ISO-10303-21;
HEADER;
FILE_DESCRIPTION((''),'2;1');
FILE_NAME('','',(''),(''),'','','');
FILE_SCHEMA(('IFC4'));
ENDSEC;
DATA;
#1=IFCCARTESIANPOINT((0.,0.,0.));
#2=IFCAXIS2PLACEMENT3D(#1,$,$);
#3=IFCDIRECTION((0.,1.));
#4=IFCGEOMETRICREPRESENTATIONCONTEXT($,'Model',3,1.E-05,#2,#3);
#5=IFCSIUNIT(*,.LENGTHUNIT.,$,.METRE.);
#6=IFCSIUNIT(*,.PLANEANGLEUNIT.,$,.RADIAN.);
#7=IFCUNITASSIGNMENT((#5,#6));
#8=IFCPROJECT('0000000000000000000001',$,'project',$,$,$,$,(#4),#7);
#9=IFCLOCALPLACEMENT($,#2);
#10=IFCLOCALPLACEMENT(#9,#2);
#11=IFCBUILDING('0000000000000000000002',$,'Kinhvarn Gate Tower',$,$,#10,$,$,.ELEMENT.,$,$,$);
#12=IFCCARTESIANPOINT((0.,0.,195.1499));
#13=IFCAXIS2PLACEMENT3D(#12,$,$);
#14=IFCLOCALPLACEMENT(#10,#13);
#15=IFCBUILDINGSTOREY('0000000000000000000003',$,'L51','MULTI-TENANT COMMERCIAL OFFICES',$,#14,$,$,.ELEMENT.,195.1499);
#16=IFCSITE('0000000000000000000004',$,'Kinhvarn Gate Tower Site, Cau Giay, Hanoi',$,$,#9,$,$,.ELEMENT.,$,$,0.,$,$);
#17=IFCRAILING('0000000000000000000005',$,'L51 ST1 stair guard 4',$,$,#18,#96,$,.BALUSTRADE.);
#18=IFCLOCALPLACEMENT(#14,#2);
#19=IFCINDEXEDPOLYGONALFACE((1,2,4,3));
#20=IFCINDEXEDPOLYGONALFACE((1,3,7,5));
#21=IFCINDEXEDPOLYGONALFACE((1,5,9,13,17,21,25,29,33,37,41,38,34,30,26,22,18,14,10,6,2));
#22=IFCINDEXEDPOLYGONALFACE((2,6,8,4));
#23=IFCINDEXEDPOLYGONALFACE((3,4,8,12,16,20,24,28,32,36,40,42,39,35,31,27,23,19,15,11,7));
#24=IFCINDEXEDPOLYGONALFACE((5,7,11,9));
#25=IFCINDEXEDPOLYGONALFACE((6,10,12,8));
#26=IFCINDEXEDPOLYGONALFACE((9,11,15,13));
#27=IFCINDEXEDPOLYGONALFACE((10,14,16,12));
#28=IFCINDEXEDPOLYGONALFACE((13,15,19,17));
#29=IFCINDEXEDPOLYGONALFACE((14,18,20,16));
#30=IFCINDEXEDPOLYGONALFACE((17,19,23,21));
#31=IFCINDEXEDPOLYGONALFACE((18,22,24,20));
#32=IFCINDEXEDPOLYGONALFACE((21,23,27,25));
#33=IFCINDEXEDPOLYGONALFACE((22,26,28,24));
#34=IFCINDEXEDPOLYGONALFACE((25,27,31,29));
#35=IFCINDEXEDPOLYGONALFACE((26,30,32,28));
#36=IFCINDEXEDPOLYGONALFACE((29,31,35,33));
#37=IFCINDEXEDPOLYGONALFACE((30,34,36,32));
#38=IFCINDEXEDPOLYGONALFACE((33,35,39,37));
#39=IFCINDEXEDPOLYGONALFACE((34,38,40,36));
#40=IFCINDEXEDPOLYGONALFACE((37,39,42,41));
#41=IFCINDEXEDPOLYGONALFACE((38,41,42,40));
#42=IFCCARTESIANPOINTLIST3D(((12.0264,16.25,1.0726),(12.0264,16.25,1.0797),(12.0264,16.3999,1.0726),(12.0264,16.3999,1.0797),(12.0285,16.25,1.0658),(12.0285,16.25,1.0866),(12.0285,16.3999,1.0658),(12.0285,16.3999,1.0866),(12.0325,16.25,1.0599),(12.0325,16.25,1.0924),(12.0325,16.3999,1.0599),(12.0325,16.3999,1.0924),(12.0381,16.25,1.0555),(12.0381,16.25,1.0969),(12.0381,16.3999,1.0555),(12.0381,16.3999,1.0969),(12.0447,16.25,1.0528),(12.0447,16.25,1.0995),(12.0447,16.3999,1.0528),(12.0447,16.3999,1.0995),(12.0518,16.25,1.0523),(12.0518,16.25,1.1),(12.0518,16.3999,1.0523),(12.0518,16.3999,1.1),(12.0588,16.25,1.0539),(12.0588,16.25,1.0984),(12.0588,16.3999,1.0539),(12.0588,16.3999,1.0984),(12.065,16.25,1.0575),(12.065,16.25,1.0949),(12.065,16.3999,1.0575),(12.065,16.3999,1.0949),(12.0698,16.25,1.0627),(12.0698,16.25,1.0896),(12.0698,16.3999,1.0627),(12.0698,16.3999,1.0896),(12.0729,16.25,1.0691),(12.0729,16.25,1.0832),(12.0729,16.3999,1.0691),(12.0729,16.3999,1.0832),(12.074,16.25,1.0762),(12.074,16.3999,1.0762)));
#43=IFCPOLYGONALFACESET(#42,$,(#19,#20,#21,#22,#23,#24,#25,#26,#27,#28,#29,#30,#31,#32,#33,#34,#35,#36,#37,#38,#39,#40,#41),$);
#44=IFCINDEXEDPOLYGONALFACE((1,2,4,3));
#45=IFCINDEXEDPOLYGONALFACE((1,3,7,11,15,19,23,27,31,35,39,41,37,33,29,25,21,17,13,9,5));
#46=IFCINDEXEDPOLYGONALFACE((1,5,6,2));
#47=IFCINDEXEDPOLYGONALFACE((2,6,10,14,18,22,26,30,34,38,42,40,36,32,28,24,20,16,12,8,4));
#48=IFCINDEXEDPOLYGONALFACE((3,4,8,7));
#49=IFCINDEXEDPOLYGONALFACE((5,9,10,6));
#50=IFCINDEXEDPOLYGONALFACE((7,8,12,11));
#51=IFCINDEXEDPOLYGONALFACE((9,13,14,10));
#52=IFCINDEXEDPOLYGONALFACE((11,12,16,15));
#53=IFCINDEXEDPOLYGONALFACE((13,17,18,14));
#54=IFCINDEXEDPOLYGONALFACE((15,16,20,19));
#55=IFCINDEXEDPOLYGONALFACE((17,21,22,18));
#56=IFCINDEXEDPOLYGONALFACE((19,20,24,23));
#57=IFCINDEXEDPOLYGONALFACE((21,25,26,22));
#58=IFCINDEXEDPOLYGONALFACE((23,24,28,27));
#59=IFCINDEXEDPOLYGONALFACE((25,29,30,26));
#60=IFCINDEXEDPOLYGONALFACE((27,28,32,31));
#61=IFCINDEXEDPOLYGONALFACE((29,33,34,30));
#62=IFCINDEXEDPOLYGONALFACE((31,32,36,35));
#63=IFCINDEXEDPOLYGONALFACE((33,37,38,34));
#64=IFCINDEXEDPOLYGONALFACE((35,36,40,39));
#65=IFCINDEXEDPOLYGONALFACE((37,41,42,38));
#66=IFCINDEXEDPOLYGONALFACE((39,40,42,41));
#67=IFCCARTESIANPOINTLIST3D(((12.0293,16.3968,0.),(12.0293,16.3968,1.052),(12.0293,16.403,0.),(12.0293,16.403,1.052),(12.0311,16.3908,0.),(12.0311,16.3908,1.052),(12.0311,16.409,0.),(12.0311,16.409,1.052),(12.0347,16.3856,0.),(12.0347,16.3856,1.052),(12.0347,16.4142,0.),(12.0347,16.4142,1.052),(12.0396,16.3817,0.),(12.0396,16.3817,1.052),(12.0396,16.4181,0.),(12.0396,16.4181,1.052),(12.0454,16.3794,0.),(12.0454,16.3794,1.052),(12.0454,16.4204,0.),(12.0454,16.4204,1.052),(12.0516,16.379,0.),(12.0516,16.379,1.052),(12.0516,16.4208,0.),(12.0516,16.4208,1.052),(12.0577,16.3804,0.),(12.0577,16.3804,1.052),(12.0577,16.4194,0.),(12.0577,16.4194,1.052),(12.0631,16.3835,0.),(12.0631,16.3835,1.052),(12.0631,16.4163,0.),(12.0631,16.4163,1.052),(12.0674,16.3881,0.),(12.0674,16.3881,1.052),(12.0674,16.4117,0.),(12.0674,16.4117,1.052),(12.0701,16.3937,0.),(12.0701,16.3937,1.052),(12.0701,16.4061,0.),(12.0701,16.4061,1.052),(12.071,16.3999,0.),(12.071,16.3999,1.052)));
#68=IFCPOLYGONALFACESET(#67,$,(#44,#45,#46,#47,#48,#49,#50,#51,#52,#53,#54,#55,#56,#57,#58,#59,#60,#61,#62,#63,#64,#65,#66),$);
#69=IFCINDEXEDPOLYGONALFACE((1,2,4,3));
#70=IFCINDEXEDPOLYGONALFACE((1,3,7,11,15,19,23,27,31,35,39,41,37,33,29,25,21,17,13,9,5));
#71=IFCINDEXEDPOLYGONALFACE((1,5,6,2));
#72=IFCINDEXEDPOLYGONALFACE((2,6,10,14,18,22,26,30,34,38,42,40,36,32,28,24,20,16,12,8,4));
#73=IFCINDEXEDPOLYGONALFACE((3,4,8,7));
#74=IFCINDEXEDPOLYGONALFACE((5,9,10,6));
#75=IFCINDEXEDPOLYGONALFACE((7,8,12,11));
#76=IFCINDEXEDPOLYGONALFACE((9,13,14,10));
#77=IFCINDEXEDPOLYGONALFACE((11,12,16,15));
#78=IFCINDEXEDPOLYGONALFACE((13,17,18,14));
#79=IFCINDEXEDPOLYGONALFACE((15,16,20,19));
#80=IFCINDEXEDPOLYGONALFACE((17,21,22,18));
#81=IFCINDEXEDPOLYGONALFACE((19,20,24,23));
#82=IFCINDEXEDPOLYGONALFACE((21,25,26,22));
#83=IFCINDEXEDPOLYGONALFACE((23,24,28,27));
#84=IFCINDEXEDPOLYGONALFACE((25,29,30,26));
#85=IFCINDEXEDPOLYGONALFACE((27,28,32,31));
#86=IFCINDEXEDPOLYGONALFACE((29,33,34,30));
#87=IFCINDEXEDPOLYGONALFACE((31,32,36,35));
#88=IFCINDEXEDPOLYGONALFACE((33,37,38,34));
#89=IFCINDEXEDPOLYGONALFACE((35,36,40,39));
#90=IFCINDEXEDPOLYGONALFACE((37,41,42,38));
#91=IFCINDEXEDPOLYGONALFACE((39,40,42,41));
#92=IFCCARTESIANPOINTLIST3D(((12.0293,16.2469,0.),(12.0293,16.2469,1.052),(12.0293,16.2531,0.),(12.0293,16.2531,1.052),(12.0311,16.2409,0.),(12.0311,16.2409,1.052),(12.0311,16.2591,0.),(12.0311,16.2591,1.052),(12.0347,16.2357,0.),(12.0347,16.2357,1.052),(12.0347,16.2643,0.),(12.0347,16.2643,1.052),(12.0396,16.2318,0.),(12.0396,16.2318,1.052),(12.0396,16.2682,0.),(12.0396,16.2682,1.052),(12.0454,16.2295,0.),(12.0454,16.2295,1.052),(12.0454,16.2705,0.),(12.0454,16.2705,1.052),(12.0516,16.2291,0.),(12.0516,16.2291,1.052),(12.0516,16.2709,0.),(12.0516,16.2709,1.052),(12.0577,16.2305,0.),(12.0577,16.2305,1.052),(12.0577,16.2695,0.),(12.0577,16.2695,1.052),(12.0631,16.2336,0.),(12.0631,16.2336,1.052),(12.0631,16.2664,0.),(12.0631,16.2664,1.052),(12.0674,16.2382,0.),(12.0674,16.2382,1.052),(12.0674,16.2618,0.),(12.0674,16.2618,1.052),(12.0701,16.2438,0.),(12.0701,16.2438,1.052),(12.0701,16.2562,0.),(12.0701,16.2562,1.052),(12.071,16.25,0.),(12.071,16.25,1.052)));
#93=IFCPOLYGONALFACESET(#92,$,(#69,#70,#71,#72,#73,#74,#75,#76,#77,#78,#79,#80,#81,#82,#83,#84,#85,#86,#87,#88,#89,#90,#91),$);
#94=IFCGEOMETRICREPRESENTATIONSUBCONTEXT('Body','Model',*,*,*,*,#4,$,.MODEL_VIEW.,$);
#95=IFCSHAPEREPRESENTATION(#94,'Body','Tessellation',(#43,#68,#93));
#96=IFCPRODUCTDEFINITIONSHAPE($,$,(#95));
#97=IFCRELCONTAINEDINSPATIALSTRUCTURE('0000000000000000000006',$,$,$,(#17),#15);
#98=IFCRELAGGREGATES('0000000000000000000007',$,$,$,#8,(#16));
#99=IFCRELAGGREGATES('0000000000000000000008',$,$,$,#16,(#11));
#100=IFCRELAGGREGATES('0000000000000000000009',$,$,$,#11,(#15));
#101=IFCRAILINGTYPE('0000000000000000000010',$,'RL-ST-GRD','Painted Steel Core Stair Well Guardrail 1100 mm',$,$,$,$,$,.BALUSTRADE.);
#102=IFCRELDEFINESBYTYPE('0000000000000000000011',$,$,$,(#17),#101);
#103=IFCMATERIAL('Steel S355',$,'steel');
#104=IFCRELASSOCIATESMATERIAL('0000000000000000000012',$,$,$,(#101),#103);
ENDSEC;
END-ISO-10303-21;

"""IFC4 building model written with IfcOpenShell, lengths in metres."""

from ifc_helpers import new_model, si_unit, direction, frame, origin, origin_2d, place, context, subcontext, project, spatial, circle, extrude, material, type_object, element, save


model = new_model("IFC4")

# Units and contexts
model_context = context("Model", 3, precision=1e-05, world=origin(), true_north=direction((0.0, 1.0)))
body_context = subcontext(model_context, "Body", "Model", "MODEL_VIEW")
ifc_project = project(units=[si_unit("LENGTHUNIT", "METRE"), si_unit("PLANEANGLEUNIT", "RADIAN")], contexts=[model_context])

# Site, building, storey
site_placement = place(None, origin())
site = spatial("IfcSite", under=ifc_project, at=site_placement, Name="Kinhvarn Gate Tower Site, Cau Giay, Hanoi", CompositionType="ELEMENT", RefElevation=0.0)
building_placement = place(site_placement, origin())
building = spatial("IfcBuilding", under=site, at=building_placement, Name="Kinhvarn Gate Tower", CompositionType="ELEMENT")
storey_placement = place(building_placement, frame((0.0, 0.0, 195.1499)))
storey = spatial("IfcBuildingStorey", under=building, at=storey_placement, Name="L51", Description="MULTI-TENANT COMMERCIAL OFFICES", CompositionType="ELEMENT", Elevation=195.1499)

# Shared definitions
ifc_material_1 = material(Name="Steel S355", Category="steel")

# Railing
railing_type_1 = type_object("IfcRailingType", Name="RL-ST-GRD", Description="Painted Steel Core Stair Well Guardrail 1100 mm", PredefinedType="BALUSTRADE", material=ifc_material_1)
railing_1_placement = place(storey_placement, frame((12.05, 16.3999, 0.0)))
element("IfcRailing", 1, at=railing_1_placement, inside=storey, type_object=railing_type_1, Name="L51 ST1 stair guard 4", PredefinedType="BALUSTRADE", context=body_context, shape_type="SweptSolid", body=[
    extrude(circle(Radius=0.0239, at=origin_2d()), frame((0.0, 0.0, 1.0762), z_axis=(0.0, -1.0, 0.0), x_axis=(1.0, 0.0, 0.0)), (0.0, 0.0, 1.0), 0.1499),
    extrude(circle(Radius=0.021, at=origin_2d()), origin(), (0.0, 0.0, 1.0), 1.052),
    extrude(circle(Radius=0.021, at=origin_2d()), frame((0.0, -0.1499, 0.0)), (0.0, 0.0, 1.0), 1.052),
])

save(model, "model.ifc")
